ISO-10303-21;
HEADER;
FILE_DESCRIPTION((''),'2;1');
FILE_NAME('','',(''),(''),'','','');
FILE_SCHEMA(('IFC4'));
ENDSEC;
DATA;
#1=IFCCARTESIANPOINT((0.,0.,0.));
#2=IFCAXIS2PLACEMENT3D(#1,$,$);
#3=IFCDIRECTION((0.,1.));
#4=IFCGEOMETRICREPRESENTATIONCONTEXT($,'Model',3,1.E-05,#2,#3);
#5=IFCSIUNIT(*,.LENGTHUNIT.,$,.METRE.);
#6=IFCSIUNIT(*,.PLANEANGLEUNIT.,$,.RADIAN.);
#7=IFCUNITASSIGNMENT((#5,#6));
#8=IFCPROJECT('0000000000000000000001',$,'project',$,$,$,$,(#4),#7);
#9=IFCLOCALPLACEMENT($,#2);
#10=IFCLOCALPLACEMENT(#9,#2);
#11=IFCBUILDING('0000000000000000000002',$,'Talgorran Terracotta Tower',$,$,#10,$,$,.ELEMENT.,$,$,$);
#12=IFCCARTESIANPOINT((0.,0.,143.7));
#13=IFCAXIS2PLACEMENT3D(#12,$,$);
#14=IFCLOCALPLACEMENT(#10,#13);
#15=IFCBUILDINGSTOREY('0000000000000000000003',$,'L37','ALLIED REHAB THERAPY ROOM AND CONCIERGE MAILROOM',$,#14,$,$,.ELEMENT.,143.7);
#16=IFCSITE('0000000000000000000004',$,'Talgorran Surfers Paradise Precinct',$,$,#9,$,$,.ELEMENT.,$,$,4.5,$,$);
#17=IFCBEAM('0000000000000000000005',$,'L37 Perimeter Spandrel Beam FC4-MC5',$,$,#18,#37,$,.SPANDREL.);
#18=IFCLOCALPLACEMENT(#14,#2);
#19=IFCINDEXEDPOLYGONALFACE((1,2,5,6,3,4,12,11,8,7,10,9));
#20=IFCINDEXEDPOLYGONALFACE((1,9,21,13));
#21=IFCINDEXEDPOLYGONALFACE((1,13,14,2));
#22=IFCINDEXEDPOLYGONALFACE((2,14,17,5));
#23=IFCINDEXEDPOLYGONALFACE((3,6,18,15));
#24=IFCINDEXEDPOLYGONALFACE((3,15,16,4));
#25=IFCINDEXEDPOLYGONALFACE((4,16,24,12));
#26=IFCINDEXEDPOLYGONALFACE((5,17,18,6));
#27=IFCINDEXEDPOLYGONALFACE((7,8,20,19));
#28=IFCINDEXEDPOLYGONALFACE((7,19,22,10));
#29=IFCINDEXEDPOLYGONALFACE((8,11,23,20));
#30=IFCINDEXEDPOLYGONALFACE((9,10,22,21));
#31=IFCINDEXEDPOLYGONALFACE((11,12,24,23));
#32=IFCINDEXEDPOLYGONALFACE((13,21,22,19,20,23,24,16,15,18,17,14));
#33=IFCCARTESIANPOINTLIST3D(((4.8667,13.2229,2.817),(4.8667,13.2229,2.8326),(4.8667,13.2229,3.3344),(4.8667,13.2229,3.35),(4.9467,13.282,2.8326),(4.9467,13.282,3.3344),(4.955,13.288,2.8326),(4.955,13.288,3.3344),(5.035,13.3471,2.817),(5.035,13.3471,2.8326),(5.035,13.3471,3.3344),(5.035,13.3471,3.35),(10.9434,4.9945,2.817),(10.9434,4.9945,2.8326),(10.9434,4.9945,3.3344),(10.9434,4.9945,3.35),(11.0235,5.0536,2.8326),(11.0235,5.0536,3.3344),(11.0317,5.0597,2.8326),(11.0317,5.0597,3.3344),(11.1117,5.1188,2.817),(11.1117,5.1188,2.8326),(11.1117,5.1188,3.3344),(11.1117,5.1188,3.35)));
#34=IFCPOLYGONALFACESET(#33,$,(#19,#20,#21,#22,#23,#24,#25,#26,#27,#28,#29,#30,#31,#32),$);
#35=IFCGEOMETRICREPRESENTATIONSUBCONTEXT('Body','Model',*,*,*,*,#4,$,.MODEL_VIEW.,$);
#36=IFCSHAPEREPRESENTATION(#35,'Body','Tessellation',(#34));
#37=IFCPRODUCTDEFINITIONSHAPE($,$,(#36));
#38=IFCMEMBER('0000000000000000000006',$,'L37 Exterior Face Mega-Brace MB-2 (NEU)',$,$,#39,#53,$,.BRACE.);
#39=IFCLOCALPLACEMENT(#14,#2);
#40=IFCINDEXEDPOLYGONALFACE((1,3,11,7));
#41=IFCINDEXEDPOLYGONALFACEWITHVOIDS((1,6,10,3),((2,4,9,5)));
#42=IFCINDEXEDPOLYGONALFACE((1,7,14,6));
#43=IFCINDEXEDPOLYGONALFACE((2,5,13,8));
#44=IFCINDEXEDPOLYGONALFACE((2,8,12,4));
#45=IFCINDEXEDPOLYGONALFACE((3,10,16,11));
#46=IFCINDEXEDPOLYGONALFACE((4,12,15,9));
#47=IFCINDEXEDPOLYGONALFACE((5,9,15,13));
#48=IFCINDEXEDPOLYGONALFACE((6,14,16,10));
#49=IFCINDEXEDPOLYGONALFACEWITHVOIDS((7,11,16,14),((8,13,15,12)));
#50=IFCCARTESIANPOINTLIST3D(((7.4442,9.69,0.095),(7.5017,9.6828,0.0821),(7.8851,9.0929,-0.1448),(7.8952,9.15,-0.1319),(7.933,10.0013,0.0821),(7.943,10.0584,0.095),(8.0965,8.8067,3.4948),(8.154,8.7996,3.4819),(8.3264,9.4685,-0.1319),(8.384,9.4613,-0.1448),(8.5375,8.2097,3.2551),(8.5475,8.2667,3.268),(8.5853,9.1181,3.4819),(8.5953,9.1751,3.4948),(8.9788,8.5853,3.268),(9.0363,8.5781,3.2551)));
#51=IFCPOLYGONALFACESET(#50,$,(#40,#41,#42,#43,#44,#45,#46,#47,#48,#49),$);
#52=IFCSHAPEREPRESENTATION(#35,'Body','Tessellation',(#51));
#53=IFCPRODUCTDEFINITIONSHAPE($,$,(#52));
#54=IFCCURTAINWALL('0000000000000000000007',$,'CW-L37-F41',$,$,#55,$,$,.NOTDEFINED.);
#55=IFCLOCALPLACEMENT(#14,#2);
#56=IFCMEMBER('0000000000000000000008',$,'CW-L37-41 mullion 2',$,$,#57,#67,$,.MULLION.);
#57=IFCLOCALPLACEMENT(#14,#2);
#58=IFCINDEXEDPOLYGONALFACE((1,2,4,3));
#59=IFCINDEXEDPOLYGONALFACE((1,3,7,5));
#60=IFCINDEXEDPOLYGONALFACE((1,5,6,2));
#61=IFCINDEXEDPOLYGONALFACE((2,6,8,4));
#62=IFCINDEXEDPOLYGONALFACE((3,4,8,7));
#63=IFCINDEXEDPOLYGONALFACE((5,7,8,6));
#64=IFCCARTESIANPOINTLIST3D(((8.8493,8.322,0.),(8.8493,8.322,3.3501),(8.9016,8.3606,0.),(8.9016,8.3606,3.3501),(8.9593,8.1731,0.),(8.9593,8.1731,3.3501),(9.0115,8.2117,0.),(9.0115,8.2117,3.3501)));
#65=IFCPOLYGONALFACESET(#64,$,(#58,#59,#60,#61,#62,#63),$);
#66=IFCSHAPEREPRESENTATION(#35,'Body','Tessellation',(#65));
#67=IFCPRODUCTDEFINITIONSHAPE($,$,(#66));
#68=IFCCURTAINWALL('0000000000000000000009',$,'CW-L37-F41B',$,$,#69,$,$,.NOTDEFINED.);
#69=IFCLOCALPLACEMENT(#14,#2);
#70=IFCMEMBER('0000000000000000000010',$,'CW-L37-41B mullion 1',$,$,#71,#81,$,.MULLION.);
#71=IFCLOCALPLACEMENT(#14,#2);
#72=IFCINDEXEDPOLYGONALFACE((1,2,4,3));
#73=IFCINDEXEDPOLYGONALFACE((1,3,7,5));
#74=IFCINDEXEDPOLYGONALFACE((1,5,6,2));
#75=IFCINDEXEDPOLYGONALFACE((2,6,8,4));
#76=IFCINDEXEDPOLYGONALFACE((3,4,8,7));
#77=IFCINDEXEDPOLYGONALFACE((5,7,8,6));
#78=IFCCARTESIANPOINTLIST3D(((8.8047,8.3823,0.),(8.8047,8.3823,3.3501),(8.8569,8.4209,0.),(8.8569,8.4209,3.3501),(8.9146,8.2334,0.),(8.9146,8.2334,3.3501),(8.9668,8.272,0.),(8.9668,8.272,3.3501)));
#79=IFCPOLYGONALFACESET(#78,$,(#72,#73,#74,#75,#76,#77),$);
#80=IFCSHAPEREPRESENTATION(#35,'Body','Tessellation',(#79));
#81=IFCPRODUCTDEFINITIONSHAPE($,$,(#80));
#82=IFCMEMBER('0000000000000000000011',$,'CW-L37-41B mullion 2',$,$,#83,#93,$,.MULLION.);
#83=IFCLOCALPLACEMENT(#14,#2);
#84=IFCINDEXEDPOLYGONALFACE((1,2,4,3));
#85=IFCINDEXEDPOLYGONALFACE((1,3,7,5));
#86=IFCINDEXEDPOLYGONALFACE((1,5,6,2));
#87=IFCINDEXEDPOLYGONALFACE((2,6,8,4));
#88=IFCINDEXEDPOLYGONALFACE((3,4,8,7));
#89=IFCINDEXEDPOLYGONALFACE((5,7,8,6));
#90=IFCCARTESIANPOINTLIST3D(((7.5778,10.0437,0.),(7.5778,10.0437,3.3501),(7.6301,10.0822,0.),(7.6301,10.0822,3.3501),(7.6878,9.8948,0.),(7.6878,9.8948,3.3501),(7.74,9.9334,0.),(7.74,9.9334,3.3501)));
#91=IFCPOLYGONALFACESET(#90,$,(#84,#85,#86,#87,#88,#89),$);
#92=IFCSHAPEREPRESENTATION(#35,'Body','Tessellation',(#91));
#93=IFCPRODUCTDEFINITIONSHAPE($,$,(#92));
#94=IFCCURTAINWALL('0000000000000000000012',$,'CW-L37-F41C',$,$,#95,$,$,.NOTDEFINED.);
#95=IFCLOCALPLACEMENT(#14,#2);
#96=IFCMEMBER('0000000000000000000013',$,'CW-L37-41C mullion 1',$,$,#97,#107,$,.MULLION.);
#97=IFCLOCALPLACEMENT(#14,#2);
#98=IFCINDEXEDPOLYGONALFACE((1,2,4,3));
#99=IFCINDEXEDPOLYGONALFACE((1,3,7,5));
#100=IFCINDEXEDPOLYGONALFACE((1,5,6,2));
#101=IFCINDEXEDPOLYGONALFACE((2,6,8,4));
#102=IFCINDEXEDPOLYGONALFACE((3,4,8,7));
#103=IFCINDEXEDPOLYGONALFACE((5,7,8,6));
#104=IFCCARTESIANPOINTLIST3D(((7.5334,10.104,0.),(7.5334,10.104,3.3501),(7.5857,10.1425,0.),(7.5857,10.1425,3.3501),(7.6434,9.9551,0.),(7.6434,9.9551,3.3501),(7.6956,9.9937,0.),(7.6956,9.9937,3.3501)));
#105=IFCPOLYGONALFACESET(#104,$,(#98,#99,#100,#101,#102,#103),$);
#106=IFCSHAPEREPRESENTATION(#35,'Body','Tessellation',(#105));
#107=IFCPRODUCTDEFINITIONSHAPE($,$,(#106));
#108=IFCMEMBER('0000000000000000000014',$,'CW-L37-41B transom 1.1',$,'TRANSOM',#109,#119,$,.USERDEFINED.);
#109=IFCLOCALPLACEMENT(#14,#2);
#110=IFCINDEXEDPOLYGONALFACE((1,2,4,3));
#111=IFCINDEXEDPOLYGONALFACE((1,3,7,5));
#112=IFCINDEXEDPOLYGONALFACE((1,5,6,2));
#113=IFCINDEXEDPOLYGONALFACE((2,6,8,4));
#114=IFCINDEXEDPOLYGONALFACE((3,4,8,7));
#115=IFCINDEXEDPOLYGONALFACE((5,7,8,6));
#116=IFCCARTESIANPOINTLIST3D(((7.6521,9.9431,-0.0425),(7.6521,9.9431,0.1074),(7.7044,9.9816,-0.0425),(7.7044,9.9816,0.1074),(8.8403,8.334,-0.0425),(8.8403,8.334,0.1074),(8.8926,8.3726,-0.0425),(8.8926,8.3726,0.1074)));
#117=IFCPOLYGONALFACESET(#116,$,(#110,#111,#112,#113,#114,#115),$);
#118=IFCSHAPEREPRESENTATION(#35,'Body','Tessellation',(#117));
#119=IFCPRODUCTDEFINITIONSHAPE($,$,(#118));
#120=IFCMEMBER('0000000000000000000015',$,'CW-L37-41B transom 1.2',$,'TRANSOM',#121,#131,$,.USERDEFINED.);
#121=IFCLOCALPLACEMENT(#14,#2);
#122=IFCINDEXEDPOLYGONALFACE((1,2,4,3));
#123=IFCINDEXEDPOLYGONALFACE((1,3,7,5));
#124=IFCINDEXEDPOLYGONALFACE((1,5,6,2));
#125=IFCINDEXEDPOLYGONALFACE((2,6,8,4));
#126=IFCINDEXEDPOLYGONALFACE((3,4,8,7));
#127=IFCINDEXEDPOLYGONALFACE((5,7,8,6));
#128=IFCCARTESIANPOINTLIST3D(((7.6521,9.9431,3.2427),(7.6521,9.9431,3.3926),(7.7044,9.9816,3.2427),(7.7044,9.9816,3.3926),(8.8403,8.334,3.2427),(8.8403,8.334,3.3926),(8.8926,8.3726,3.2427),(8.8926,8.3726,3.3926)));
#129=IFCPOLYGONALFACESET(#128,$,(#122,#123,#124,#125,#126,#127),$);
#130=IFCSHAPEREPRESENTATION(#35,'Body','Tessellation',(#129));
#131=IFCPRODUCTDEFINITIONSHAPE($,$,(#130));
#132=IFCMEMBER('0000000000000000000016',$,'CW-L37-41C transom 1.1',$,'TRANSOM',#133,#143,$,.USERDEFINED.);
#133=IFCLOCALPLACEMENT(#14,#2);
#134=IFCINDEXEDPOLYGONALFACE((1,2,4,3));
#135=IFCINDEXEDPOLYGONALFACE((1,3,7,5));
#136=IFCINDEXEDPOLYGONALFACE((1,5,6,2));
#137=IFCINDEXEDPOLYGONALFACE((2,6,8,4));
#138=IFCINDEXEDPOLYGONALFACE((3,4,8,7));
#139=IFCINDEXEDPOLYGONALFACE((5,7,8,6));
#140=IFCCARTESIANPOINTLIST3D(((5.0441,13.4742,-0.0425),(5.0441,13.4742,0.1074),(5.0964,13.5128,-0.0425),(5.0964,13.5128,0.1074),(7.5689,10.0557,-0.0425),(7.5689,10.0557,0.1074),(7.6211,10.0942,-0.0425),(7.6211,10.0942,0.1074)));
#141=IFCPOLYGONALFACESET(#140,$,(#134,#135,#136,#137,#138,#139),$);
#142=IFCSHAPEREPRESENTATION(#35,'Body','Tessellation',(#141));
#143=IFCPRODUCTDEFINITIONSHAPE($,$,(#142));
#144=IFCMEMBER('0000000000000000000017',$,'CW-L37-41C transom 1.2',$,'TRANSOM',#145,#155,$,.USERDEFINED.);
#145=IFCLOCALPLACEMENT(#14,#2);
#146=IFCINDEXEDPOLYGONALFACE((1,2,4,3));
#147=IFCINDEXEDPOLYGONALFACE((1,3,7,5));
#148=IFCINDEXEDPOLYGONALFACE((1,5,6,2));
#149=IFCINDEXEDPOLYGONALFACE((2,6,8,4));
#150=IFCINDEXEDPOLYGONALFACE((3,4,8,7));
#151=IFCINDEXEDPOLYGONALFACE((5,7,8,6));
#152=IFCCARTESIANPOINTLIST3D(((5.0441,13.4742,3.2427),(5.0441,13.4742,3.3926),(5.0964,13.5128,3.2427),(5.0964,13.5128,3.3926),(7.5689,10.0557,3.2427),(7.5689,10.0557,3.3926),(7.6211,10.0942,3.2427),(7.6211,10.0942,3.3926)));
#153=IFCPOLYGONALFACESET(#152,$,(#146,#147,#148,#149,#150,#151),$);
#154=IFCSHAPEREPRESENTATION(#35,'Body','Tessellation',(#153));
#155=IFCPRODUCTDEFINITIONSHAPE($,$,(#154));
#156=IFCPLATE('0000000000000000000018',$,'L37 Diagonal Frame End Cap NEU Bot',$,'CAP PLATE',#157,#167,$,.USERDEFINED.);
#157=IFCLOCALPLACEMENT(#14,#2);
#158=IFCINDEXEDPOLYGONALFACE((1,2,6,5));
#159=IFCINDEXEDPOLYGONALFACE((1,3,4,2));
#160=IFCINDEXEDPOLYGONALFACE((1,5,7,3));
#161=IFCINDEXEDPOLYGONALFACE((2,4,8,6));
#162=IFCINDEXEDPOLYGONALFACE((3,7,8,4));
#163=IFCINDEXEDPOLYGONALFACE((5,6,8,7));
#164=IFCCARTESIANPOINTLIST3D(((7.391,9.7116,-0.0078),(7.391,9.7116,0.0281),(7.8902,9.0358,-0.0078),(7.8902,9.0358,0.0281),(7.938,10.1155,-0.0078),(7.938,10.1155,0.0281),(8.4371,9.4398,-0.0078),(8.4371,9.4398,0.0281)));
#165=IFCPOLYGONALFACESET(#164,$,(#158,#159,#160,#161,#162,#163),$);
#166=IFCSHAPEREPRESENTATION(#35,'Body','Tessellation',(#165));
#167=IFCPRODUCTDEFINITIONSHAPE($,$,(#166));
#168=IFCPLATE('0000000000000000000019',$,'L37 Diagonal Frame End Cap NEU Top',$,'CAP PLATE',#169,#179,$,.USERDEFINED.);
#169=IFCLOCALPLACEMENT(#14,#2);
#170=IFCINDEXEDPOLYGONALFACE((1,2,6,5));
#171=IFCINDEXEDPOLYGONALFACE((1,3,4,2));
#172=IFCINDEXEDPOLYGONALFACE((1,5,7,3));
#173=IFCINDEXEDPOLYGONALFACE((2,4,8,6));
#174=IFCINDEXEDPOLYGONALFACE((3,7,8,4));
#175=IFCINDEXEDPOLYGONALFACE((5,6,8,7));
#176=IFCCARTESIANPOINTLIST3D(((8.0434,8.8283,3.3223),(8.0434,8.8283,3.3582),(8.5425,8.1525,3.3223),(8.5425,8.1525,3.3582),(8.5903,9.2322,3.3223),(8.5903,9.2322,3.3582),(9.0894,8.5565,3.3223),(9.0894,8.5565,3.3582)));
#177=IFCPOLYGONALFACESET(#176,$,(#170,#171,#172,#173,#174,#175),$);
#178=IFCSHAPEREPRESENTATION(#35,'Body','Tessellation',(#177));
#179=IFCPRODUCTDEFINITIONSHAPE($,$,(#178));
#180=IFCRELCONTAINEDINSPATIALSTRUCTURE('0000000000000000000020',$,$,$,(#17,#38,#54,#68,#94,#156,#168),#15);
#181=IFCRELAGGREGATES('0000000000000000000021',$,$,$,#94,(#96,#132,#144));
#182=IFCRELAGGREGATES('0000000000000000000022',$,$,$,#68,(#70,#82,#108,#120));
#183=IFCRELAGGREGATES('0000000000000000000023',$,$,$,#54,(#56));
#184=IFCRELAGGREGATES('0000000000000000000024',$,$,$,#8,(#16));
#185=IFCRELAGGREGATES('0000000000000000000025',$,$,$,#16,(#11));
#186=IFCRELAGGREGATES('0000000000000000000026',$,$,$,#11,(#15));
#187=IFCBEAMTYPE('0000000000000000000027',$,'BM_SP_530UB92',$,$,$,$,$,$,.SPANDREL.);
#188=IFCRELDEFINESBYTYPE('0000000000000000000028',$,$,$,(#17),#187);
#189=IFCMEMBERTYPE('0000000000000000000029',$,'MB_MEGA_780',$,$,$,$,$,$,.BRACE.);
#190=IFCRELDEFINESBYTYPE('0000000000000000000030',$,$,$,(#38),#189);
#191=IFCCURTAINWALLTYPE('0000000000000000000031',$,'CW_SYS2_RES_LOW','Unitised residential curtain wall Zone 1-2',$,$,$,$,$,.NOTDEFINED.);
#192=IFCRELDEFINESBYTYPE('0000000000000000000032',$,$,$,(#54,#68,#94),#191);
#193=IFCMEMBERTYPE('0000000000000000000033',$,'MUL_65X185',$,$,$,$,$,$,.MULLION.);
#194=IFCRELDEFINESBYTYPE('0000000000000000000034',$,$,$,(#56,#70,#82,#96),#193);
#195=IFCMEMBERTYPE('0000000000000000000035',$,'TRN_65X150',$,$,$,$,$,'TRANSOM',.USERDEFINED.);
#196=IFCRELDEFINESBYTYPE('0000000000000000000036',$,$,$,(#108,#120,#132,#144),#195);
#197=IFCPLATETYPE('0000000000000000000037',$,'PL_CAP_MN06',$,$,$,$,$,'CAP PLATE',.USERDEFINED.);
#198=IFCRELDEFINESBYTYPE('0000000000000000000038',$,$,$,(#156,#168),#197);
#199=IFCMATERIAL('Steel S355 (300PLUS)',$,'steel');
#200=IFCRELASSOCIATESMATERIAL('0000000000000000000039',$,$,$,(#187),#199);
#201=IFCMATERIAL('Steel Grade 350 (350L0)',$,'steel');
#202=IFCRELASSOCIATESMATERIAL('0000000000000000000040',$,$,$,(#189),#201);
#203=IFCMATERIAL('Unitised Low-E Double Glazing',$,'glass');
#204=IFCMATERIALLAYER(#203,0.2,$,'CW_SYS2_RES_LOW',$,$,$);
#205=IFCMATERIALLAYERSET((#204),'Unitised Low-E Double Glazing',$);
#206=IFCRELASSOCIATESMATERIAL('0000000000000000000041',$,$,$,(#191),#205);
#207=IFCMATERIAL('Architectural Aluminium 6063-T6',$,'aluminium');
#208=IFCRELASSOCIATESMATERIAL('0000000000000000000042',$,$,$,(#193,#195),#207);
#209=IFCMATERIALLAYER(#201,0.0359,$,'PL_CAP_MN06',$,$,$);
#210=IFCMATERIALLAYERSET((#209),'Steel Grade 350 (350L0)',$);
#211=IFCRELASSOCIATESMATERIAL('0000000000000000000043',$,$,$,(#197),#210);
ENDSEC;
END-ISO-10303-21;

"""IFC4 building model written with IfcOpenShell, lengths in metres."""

from ifc_helpers import new_model, si_unit, direction, frame, origin, origin_2d, place, context, subcontext, project, spatial, rectangle, hollow_rectangle, i_section, extrude, material, layer, layer_set, material_profile, profile_set, type_object, element, aggregate, save


model = new_model("IFC4")

# Units and contexts
model_context = context("Model", 3, precision=1e-05, world=origin(), true_north=direction((0.0, 1.0)))
body_context = subcontext(model_context, "Body", "Model", "MODEL_VIEW")
ifc_project = project(units=[si_unit("LENGTHUNIT", "METRE"), si_unit("PLANEANGLEUNIT", "RADIAN")], contexts=[model_context])

# Site, building, storey
site_placement = place(None, origin())
site = spatial("IfcSite", under=ifc_project, at=site_placement, Name="Talgorran Surfers Paradise Precinct", CompositionType="ELEMENT", RefElevation=4.5)
building_placement = place(site_placement, origin())
building = spatial("IfcBuilding", under=site, at=building_placement, Name="Talgorran Terracotta Tower", CompositionType="ELEMENT")
storey_placement = place(building_placement, frame((0.0, 0.0, 143.7)))
storey = spatial("IfcBuildingStorey", under=building, at=storey_placement, Name="L37", Description="ALLIED REHAB THERAPY ROOM AND CONCIERGE MAILROOM", CompositionType="ELEMENT", Elevation=143.7)

# Beam
ifc_material_1 = material(Name="Steel S355 (300PLUS)", Category="steel")
ifc_material_profile_1 = material_profile(ifc_material_1, i_section(OverallWidth=0.2092, OverallDepth=0.533, WebThickness=0.0103, FlangeThickness=0.0156, at=origin_2d()), Name="530UB92.4")
ifc_profile_set_1 = profile_set([ifc_material_profile_1], Name="Steel S355 (300PLUS)")
beam_type = type_object("IfcBeamType", Name="BM_SP_530UB92", PredefinedType="SPANDREL", material=ifc_profile_set_1)
beam_placement = place(storey_placement, frame((11.0276, 5.0566, 3.0835), z_axis=(-0.594068, 0.804415, 0.0), x_axis=(-0.804415, -0.594068, 0.0)))
element("IfcBeam", 1, at=beam_placement, inside=storey, type_object=beam_type, Name="L37 Perimeter Spandrel Beam FC4-MC5", PredefinedType="SPANDREL", context=body_context, shape_type="SweptSolid", body=[
    extrude(i_section(OverallWidth=0.2092, OverallDepth=0.533, WebThickness=0.0103, FlangeThickness=0.0156, at=origin_2d()), origin(), (0.0, 0.0, 1.0), 10.229),
])

# Member
ifc_material_2 = material(Name="Steel Grade 350 (350L0)", Category="steel")
ifc_material_profile_2 = material_profile(ifc_material_2, hollow_rectangle(XDim=0.6201, YDim=0.78, WallThickness=0.042, at=origin_2d()), Name="WBOX780X620X42")
ifc_profile_set_2 = profile_set([ifc_material_profile_2], Name="Steel Grade 350 (350L0)")
member_type_1 = type_object("IfcMemberType", Name="MB_MEGA_780", PredefinedType="BRACE", material=ifc_profile_set_2)
member_1_placement = place(storey_placement, frame((7.9141, 9.5757, -0.0249), z_axis=(0.182585, -0.247227, 0.951599), x_axis=(0.804407, 0.594078, 0.0)))
element("IfcMember", 2, at=member_1_placement, inside=storey, type_object=member_type_1, Name="L37 Exterior Face Mega-Brace MB-2 (NEU)", PredefinedType="BRACE", context=body_context, shape_type="SweptSolid", body=[
    extrude(hollow_rectangle(XDim=0.6201, YDim=0.78, WallThickness=0.042, at=origin_2d()), origin(), (0.0, 0.0, 1.0), 3.5728),
])

# Curtain wall, member
ifc_material_3 = material(Name="Unitised Low-E Double Glazing", Category="glass")
ifc_layer_1 = layer(ifc_material_3, 0.2, Name="CW_SYS2_RES_LOW")
ifc_layer_set_1 = layer_set([ifc_layer_1], Name="Unitised Low-E Double Glazing")
curtain_wall_type = type_object("IfcCurtainWallType", Name="CW_SYS2_RES_LOW", Description="Unitised residential curtain wall Zone 1-2", PredefinedType="NOTDEFINED", material=ifc_layer_set_1)
curtain_wall_1_placement = place(storey_placement, origin())
curtain_wall_1 = element("IfcCurtainWall", 3, at=curtain_wall_1_placement, inside=storey, type_object=curtain_wall_type, Name="CW-L37-F41", PredefinedType="NOTDEFINED")
ifc_material_4 = material(Name="Architectural Aluminium 6063-T6", Category="aluminium")
ifc_material_profile_3 = material_profile(ifc_material_4, rectangle(XDim=0.0649, YDim=0.1851, at=origin_2d()), Name="CWM65X185")
ifc_profile_set_3 = profile_set([ifc_material_profile_3], Name="Architectural Aluminium 6063-T6")
member_type_2 = type_object("IfcMemberType", Name="MUL_65X185", PredefinedType="MULLION", material=ifc_profile_set_3)
member_2_placement = place(storey_placement, frame((8.9304, 8.2668, 0.0), z_axis=(0.0, 0.0, 1.0), x_axis=(-0.804414, -0.594069, 0.0)))
member_2 = element("IfcMember", 4, at=member_2_placement, type_object=member_type_2, Name="CW-L37-41 mullion 2", PredefinedType="MULLION", context=body_context, shape_type="SweptSolid", body=[
    extrude(rectangle(XDim=0.0649, YDim=0.1851, at=origin_2d()), origin(), (0.0, 0.0, 1.0), 3.3501),
])

# Curtain wall, members
curtain_wall_2_placement = place(storey_placement, origin())
curtain_wall_2 = element("IfcCurtainWall", 5, at=curtain_wall_2_placement, inside=storey, type_object=curtain_wall_type, Name="CW-L37-F41B", PredefinedType="NOTDEFINED")
member_3_placement = place(storey_placement, frame((8.8857, 8.3271, 0.0), z_axis=(0.0, 0.0, 1.0), x_axis=(-0.804417, -0.594065, 0.0)))
member_3 = element("IfcMember", 6, at=member_3_placement, type_object=member_type_2, Name="CW-L37-41B mullion 1", PredefinedType="MULLION", context=body_context, shape_type="SweptSolid", body=[
    extrude(rectangle(XDim=0.0649, YDim=0.1851, at=origin_2d()), origin(), (0.0, 0.0, 1.0), 3.3501),
])
member_4_placement = place(storey_placement, frame((7.6589, 9.9885, 0.0), z_axis=(0.0, 0.0, 1.0), x_axis=(-0.804417, -0.594065, 0.0)))
member_4 = element("IfcMember", 7, at=member_4_placement, type_object=member_type_2, Name="CW-L37-41B mullion 2", PredefinedType="MULLION", context=body_context, shape_type="SweptSolid", body=[
    extrude(rectangle(XDim=0.0649, YDim=0.1851, at=origin_2d()), origin(), (0.0, 0.0, 1.0), 3.3501),
])

# Curtain wall, member
curtain_wall_3_placement = place(storey_placement, origin())
curtain_wall_3 = element("IfcCurtainWall", 8, at=curtain_wall_3_placement, inside=storey, type_object=curtain_wall_type, Name="CW-L37-F41C", PredefinedType="NOTDEFINED")
member_5_placement = place(storey_placement, frame((7.6145, 10.0488, 0.0), z_axis=(0.0, 0.0, 1.0), x_axis=(-0.804409, -0.594076, 0.0)))
member_5 = element("IfcMember", 9, at=member_5_placement, type_object=member_type_2, Name="CW-L37-41C mullion 1", PredefinedType="MULLION", context=body_context, shape_type="SweptSolid", body=[
    extrude(rectangle(XDim=0.0649, YDim=0.1851, at=origin_2d()), origin(), (0.0, 0.0, 1.0), 3.3501),
])

# Members
ifc_material_profile_4 = material_profile(ifc_material_4, rectangle(XDim=0.0649, YDim=0.1499, at=origin_2d()), Name="CWT65X150")
ifc_profile_set_4 = profile_set([ifc_material_profile_4], Name="Architectural Aluminium 6063-T6")
member_type_3 = type_object("IfcMemberType", Name="TRN_65X150", ElementType="TRANSOM", PredefinedType="USERDEFINED", material=ifc_profile_set_4)
member_6_placement = place(storey_placement, frame((8.8665, 8.3533, 0.0325), z_axis=(-0.594027, 0.804445, 0.0), x_axis=(-0.804445, -0.594027, 0.0)))
member_6 = element("IfcMember", 10, at=member_6_placement, type_object=member_type_3, Name="CW-L37-41B transom 1.1", ObjectType="TRANSOM", PredefinedType="USERDEFINED", context=body_context, shape_type="SweptSolid", body=[
    extrude(rectangle(XDim=0.0649, YDim=0.1499, at=origin_2d()), origin(), (0.0, 0.0, 1.0), 2.0002),
])
member_7_placement = place(storey_placement, frame((8.8665, 8.3533, 3.3176), z_axis=(-0.594027, 0.804445, 0.0), x_axis=(-0.804445, -0.594027, 0.0)))
member_7 = element("IfcMember", 11, at=member_7_placement, type_object=member_type_3, Name="CW-L37-41B transom 1.2", ObjectType="TRANSOM", PredefinedType="USERDEFINED", context=body_context, shape_type="SweptSolid", body=[
    extrude(rectangle(XDim=0.0649, YDim=0.1499, at=origin_2d()), origin(), (0.0, 0.0, 1.0), 2.0002),
])
member_8_placement = place(storey_placement, frame((7.595, 10.075, 0.0325), z_axis=(-0.594082, 0.804404, 0.0), x_axis=(-0.804404, -0.594082, 0.0)))
member_8 = element("IfcMember", 12, at=member_8_placement, type_object=member_type_3, Name="CW-L37-41C transom 1.1", ObjectType="TRANSOM", PredefinedType="USERDEFINED", context=body_context, shape_type="SweptSolid", body=[
    extrude(rectangle(XDim=0.0649, YDim=0.1499, at=origin_2d()), origin(), (0.0, 0.0, 1.0), 4.2498),
])
member_9_placement = place(storey_placement, frame((7.595, 10.075, 3.3176), z_axis=(-0.594082, 0.804404, 0.0), x_axis=(-0.804404, -0.594082, 0.0)))
member_9 = element("IfcMember", 13, at=member_9_placement, type_object=member_type_3, Name="CW-L37-41C transom 1.2", ObjectType="TRANSOM", PredefinedType="USERDEFINED", context=body_context, shape_type="SweptSolid", body=[
    extrude(rectangle(XDim=0.0649, YDim=0.1499, at=origin_2d()), origin(), (0.0, 0.0, 1.0), 4.2498),
])
aggregate(curtain_wall_3, [member_5, member_8, member_9])

# Plates
ifc_layer_2 = layer(ifc_material_2, 0.0359, Name="PL_CAP_MN06")
ifc_layer_set_2 = layer_set([ifc_layer_2], Name="Steel Grade 350 (350L0)")
plate_type_1 = type_object("IfcPlateType", Name="PL_CAP_MN06", ElementType="CAP PLATE", PredefinedType="USERDEFINED", material=ifc_layer_set_2)
for number, where, z_axis, x_axis, name in (
    (14, (7.9141, 9.5757, -0.0078), (0.0, 0.0, 1.0), (0.594121, -0.804376, 0.0), "L37 Diagonal Frame End Cap NEU Bot"),
    (15, (8.5664, 8.6924, 3.3223), (0.0, 0.0, 1.0), (0.594121, -0.804376, 0.0), "L37 Diagonal Frame End Cap NEU Top"),
):
    element("IfcPlate", number, at=place(storey_placement, frame(where, z_axis=z_axis, x_axis=x_axis)), inside=storey, type_object=plate_type_1, Name=name, ObjectType="CAP PLATE", PredefinedType="USERDEFINED", context=body_context, shape_type="SweptSolid", body=[
        extrude(rectangle(XDim=0.8401, YDim=0.6799, at=origin_2d()), origin(), (0.0, 0.0, 1.0), 0.0359),
    ])

aggregate(curtain_wall_2, [member_3, member_4, member_6, member_7])
aggregate(curtain_wall_1, [member_2])

save(model, "model.ifc")
